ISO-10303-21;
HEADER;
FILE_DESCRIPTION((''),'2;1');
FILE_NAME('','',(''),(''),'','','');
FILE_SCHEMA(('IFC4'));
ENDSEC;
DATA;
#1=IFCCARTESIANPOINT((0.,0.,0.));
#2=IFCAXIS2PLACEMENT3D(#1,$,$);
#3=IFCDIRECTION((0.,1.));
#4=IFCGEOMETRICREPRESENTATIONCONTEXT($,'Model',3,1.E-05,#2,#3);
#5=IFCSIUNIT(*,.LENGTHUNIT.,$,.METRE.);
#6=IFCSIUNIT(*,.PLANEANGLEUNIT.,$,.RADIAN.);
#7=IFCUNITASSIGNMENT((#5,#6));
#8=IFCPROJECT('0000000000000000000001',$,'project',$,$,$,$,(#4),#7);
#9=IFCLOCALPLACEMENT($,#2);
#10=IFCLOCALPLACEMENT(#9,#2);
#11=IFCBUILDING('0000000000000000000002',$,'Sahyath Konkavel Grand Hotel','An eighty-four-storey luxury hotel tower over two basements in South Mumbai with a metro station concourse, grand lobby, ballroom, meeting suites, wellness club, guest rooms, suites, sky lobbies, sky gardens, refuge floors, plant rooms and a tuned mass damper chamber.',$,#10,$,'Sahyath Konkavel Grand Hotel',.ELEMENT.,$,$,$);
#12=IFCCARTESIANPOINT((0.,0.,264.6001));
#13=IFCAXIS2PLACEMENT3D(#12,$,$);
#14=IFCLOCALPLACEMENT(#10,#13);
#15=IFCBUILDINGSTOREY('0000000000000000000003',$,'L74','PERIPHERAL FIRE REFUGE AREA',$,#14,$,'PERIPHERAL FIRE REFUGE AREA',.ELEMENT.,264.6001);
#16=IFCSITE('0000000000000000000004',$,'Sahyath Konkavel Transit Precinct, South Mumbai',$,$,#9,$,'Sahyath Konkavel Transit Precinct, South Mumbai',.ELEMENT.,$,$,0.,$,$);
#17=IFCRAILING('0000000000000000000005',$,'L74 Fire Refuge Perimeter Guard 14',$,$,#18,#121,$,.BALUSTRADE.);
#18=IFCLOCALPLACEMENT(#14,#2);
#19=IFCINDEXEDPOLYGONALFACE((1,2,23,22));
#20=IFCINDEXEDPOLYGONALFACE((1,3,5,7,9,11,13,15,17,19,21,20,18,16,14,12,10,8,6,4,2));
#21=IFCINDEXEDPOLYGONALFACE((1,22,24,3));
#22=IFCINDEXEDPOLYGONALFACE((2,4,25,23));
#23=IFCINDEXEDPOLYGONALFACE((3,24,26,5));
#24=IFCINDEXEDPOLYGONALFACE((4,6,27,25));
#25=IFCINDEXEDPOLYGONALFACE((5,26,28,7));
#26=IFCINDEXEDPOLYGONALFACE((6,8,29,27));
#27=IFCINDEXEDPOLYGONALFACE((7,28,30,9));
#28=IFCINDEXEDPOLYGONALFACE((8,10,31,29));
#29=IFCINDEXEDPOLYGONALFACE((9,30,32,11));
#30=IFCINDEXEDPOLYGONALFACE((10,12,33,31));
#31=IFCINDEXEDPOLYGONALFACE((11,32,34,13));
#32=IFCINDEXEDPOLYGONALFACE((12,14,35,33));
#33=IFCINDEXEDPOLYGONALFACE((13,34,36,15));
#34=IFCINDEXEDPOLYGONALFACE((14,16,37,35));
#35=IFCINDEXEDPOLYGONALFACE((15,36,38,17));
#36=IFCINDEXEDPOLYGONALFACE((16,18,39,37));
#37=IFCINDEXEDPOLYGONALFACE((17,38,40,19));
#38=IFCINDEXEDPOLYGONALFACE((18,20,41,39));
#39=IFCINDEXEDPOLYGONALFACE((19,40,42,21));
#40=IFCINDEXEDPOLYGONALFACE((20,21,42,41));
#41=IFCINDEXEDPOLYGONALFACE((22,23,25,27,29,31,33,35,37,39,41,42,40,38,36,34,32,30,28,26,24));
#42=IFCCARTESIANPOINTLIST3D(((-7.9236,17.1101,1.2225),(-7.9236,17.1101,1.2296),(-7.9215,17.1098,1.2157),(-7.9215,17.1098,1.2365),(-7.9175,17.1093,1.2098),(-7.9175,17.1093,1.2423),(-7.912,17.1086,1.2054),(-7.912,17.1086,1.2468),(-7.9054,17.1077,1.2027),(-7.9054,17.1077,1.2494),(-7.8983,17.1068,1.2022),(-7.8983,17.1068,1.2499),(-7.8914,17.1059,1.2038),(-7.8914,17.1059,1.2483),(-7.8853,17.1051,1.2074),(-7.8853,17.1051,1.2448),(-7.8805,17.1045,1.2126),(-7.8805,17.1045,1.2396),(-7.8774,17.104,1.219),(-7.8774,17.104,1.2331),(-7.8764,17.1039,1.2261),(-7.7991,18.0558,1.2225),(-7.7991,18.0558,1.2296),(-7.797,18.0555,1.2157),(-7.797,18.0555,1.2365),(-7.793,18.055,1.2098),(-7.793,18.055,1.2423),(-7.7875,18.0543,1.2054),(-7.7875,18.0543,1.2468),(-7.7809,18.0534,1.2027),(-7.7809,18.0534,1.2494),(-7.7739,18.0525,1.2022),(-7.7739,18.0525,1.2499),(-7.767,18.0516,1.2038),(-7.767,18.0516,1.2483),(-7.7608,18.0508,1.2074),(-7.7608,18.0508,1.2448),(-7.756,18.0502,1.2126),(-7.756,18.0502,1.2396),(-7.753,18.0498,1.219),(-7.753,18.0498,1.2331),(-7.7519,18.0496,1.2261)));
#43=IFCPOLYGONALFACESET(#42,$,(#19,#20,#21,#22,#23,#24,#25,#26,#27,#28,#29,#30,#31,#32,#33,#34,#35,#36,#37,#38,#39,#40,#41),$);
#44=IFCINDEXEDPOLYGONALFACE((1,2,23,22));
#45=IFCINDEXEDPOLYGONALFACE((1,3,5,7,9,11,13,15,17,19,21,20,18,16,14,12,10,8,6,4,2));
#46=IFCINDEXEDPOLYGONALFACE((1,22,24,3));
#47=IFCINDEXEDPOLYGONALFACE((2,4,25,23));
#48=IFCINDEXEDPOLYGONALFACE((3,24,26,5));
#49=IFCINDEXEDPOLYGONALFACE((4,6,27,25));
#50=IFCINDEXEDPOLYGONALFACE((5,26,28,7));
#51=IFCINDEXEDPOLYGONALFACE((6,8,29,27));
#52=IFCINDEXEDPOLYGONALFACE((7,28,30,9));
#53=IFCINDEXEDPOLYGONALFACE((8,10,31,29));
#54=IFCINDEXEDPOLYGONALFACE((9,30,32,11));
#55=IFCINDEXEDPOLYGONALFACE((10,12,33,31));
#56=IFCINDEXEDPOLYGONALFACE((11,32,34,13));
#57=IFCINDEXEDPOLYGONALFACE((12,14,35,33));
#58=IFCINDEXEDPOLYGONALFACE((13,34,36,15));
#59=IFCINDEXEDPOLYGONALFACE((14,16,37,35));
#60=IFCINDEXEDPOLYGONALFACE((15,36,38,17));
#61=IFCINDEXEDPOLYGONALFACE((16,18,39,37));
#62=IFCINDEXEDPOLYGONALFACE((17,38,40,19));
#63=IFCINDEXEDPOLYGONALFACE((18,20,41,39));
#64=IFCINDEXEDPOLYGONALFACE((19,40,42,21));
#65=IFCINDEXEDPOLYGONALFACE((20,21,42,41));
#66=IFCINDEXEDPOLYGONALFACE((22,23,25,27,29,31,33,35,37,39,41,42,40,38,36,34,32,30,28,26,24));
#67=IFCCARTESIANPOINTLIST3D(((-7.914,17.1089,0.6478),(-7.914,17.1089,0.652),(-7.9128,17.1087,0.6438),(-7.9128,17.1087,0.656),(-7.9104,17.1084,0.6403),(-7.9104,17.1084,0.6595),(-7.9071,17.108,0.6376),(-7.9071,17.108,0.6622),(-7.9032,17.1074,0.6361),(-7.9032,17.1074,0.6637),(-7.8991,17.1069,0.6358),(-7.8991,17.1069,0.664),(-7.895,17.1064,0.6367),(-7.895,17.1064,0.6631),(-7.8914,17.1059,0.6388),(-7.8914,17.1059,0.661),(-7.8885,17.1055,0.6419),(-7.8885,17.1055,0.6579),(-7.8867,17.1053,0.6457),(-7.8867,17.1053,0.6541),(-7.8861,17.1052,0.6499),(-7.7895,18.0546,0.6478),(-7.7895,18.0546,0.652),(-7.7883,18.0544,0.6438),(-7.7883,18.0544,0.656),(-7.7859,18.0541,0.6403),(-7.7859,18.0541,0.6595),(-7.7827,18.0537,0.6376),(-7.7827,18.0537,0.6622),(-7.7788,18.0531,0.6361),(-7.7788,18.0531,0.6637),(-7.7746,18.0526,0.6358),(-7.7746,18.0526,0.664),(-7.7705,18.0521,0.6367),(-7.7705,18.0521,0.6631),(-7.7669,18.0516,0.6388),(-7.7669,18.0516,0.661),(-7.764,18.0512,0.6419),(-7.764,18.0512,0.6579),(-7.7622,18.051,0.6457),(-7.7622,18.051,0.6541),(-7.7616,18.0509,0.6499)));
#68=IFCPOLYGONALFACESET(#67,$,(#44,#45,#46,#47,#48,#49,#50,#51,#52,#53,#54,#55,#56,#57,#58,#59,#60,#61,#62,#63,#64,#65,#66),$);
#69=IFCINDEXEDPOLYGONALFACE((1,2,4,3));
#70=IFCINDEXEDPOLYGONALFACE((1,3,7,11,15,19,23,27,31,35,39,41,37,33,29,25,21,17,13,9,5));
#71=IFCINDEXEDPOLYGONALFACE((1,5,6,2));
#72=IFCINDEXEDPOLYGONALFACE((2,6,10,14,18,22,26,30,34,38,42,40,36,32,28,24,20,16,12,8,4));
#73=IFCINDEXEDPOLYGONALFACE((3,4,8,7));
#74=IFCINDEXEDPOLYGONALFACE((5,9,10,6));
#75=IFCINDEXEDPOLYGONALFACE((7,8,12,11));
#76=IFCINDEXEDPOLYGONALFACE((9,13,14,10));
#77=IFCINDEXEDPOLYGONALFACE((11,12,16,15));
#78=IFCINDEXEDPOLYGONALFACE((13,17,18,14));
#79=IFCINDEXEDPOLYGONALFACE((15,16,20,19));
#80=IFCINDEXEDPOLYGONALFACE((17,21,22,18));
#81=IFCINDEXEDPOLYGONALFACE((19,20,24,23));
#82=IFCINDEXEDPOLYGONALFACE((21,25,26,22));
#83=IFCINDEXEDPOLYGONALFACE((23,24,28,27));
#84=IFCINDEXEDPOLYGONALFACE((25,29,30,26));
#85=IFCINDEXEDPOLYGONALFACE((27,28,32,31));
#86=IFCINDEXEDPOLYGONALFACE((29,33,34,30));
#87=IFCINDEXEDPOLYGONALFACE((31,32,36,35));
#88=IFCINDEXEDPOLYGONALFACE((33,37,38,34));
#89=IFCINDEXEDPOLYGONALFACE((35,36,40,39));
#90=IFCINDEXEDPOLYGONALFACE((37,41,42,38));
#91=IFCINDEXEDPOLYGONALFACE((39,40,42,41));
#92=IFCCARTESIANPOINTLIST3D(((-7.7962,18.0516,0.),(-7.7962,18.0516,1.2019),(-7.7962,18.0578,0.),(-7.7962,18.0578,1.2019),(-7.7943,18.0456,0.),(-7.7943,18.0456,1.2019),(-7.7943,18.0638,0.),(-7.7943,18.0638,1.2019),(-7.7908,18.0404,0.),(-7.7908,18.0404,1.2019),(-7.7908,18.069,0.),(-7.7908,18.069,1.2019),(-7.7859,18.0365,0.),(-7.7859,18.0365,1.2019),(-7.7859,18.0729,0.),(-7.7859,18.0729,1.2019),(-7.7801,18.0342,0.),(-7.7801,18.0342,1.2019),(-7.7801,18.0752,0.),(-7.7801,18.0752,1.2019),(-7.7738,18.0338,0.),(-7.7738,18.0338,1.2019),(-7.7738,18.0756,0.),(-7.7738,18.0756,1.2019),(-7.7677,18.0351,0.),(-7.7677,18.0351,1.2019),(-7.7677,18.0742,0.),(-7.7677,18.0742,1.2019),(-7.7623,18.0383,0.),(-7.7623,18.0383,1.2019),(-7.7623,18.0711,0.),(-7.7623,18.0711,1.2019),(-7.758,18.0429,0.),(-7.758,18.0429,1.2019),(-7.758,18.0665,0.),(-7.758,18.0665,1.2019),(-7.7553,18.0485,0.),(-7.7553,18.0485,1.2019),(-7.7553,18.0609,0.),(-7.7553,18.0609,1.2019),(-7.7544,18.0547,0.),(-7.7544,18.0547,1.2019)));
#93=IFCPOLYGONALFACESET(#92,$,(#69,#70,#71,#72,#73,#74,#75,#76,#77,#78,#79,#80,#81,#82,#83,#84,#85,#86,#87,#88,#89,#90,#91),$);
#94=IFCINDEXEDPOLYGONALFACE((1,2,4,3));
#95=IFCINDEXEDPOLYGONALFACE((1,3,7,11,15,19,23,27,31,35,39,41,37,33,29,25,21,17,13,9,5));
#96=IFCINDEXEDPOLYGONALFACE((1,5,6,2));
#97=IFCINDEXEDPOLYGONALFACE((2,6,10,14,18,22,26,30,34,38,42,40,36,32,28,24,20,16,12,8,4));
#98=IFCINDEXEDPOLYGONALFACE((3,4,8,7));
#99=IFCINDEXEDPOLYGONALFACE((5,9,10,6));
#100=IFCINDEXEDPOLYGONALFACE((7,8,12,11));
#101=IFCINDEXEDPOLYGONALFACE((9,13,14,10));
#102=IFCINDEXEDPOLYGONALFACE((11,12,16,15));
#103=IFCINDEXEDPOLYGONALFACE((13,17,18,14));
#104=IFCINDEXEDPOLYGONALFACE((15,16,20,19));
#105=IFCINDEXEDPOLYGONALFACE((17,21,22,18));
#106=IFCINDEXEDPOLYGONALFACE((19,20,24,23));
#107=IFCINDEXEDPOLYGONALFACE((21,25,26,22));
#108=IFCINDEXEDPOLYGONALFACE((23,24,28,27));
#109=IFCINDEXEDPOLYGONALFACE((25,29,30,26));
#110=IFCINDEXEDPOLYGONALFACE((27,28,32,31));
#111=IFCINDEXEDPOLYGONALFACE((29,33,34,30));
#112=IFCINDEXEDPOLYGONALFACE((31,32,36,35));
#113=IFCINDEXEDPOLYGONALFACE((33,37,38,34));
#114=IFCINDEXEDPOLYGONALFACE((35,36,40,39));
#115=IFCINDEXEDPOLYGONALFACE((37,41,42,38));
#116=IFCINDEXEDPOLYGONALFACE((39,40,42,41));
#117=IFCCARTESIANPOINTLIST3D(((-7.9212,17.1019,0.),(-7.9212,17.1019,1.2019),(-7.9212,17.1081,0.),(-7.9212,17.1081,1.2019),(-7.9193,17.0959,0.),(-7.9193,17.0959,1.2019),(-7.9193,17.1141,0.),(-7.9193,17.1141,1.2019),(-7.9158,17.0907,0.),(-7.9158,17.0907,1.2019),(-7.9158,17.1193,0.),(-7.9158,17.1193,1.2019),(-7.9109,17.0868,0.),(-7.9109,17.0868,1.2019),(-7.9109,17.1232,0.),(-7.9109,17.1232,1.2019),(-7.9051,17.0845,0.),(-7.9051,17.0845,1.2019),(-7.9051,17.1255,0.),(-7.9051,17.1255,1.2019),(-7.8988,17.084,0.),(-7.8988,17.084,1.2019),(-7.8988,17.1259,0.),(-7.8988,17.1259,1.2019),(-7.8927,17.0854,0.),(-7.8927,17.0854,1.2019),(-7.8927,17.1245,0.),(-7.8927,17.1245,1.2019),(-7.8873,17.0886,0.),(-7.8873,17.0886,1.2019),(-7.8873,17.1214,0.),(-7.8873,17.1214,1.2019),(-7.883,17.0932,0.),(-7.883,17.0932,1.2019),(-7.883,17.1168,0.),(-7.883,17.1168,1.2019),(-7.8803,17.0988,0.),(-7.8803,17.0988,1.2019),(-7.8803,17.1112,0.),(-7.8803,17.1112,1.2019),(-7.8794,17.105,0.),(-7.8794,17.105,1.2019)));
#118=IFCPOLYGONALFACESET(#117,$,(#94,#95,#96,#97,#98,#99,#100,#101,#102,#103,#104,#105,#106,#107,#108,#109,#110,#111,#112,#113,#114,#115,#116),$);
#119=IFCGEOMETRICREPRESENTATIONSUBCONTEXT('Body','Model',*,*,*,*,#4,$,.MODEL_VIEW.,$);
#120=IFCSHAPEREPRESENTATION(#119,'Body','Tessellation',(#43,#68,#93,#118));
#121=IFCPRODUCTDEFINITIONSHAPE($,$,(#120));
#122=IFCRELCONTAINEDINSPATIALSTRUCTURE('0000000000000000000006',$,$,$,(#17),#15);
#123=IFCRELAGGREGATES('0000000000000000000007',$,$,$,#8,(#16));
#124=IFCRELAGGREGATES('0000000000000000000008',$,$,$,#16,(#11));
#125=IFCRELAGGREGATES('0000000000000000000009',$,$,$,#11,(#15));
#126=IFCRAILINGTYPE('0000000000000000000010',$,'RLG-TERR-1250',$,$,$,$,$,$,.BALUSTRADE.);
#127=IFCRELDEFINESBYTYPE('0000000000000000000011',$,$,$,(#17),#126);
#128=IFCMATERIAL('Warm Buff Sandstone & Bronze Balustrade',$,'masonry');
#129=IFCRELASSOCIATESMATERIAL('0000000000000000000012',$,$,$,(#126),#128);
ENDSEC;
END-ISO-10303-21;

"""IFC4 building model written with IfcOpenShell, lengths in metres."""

from ifc_helpers import new_model, si_unit, direction, frame, origin, origin_2d, place, context, subcontext, project, spatial, circle, extrude, material, type_object, element, save


model = new_model("IFC4")

# Units and contexts
model_context = context("Model", 3, precision=1e-05, world=origin(), true_north=direction((0.0, 1.0)))
body_context = subcontext(model_context, "Body", "Model", "MODEL_VIEW")
ifc_project = project(units=[si_unit("LENGTHUNIT", "METRE"), si_unit("PLANEANGLEUNIT", "RADIAN")], contexts=[model_context])

# Site, building, storey
site_placement = place(None, origin())
site = spatial("IfcSite", under=ifc_project, at=site_placement, Name="Sahyath Konkavel Transit Precinct, South Mumbai", LongName="Sahyath Konkavel Transit Precinct, South Mumbai", CompositionType="ELEMENT", RefElevation=0.0)
building_placement = place(site_placement, origin())
building = spatial("IfcBuilding", under=site, at=building_placement, Name="Sahyath Konkavel Grand Hotel", Description="An eighty-four-storey luxury hotel tower over two basements in South Mumbai with a metro station concourse, grand lobby, ballroom, meeting suites, wellness club, guest rooms, suites, sky lobbies, sky gardens, refuge floors, plant rooms and a tuned mass damper chamber.", LongName="Sahyath Konkavel Grand Hotel", CompositionType="ELEMENT")
storey_placement = place(building_placement, frame((0.0, 0.0, 264.6001)))
storey = spatial("IfcBuildingStorey", under=building, at=storey_placement, Name="L74", Description="PERIPHERAL FIRE REFUGE AREA", LongName="PERIPHERAL FIRE REFUGE AREA", CompositionType="ELEMENT", Elevation=264.6001)

# Railing
ifc_material_1 = material(Name="Warm Buff Sandstone & Bronze Balustrade", Category="masonry")
railing_type = type_object("IfcRailingType", Name="RLG-TERR-1250", PredefinedType="BALUSTRADE", material=ifc_material_1)
railing_1_placement = place(storey_placement, frame((-7.7754, 18.0547, 0.0)))
element("IfcRailing", 1, at=railing_1_placement, inside=storey, type_object=railing_type, Name="L74 Fire Refuge Perimeter Guard 14", PredefinedType="BALUSTRADE", context=body_context, shape_type="SweptSolid", body=[
    extrude(circle(Radius=0.0239, at=origin_2d()), frame((-0.0002, -0.002, 1.2261), z_axis=(-0.130494, -0.991449, 0.0), x_axis=(0.991449, -0.130494, 0.0)), (0.0, 0.0, 1.0), 0.9539),
    extrude(circle(Radius=0.0142, at=origin_2d()), frame((-0.0002, -0.002, 0.6499), z_axis=(-0.130494, -0.991449, 0.0), x_axis=(0.991449, -0.130494, 0.0)), (0.0, 0.0, 1.0), 0.9539),
    extrude(circle(Radius=0.021, at=origin_2d()), origin(), (0.0, 0.0, 1.0), 1.2019),
    extrude(circle(Radius=0.021, at=origin_2d()), frame((-0.125, -0.9497, 0.0)), (0.0, 0.0, 1.0), 1.2019),
])

save(model, "model.ifc")
